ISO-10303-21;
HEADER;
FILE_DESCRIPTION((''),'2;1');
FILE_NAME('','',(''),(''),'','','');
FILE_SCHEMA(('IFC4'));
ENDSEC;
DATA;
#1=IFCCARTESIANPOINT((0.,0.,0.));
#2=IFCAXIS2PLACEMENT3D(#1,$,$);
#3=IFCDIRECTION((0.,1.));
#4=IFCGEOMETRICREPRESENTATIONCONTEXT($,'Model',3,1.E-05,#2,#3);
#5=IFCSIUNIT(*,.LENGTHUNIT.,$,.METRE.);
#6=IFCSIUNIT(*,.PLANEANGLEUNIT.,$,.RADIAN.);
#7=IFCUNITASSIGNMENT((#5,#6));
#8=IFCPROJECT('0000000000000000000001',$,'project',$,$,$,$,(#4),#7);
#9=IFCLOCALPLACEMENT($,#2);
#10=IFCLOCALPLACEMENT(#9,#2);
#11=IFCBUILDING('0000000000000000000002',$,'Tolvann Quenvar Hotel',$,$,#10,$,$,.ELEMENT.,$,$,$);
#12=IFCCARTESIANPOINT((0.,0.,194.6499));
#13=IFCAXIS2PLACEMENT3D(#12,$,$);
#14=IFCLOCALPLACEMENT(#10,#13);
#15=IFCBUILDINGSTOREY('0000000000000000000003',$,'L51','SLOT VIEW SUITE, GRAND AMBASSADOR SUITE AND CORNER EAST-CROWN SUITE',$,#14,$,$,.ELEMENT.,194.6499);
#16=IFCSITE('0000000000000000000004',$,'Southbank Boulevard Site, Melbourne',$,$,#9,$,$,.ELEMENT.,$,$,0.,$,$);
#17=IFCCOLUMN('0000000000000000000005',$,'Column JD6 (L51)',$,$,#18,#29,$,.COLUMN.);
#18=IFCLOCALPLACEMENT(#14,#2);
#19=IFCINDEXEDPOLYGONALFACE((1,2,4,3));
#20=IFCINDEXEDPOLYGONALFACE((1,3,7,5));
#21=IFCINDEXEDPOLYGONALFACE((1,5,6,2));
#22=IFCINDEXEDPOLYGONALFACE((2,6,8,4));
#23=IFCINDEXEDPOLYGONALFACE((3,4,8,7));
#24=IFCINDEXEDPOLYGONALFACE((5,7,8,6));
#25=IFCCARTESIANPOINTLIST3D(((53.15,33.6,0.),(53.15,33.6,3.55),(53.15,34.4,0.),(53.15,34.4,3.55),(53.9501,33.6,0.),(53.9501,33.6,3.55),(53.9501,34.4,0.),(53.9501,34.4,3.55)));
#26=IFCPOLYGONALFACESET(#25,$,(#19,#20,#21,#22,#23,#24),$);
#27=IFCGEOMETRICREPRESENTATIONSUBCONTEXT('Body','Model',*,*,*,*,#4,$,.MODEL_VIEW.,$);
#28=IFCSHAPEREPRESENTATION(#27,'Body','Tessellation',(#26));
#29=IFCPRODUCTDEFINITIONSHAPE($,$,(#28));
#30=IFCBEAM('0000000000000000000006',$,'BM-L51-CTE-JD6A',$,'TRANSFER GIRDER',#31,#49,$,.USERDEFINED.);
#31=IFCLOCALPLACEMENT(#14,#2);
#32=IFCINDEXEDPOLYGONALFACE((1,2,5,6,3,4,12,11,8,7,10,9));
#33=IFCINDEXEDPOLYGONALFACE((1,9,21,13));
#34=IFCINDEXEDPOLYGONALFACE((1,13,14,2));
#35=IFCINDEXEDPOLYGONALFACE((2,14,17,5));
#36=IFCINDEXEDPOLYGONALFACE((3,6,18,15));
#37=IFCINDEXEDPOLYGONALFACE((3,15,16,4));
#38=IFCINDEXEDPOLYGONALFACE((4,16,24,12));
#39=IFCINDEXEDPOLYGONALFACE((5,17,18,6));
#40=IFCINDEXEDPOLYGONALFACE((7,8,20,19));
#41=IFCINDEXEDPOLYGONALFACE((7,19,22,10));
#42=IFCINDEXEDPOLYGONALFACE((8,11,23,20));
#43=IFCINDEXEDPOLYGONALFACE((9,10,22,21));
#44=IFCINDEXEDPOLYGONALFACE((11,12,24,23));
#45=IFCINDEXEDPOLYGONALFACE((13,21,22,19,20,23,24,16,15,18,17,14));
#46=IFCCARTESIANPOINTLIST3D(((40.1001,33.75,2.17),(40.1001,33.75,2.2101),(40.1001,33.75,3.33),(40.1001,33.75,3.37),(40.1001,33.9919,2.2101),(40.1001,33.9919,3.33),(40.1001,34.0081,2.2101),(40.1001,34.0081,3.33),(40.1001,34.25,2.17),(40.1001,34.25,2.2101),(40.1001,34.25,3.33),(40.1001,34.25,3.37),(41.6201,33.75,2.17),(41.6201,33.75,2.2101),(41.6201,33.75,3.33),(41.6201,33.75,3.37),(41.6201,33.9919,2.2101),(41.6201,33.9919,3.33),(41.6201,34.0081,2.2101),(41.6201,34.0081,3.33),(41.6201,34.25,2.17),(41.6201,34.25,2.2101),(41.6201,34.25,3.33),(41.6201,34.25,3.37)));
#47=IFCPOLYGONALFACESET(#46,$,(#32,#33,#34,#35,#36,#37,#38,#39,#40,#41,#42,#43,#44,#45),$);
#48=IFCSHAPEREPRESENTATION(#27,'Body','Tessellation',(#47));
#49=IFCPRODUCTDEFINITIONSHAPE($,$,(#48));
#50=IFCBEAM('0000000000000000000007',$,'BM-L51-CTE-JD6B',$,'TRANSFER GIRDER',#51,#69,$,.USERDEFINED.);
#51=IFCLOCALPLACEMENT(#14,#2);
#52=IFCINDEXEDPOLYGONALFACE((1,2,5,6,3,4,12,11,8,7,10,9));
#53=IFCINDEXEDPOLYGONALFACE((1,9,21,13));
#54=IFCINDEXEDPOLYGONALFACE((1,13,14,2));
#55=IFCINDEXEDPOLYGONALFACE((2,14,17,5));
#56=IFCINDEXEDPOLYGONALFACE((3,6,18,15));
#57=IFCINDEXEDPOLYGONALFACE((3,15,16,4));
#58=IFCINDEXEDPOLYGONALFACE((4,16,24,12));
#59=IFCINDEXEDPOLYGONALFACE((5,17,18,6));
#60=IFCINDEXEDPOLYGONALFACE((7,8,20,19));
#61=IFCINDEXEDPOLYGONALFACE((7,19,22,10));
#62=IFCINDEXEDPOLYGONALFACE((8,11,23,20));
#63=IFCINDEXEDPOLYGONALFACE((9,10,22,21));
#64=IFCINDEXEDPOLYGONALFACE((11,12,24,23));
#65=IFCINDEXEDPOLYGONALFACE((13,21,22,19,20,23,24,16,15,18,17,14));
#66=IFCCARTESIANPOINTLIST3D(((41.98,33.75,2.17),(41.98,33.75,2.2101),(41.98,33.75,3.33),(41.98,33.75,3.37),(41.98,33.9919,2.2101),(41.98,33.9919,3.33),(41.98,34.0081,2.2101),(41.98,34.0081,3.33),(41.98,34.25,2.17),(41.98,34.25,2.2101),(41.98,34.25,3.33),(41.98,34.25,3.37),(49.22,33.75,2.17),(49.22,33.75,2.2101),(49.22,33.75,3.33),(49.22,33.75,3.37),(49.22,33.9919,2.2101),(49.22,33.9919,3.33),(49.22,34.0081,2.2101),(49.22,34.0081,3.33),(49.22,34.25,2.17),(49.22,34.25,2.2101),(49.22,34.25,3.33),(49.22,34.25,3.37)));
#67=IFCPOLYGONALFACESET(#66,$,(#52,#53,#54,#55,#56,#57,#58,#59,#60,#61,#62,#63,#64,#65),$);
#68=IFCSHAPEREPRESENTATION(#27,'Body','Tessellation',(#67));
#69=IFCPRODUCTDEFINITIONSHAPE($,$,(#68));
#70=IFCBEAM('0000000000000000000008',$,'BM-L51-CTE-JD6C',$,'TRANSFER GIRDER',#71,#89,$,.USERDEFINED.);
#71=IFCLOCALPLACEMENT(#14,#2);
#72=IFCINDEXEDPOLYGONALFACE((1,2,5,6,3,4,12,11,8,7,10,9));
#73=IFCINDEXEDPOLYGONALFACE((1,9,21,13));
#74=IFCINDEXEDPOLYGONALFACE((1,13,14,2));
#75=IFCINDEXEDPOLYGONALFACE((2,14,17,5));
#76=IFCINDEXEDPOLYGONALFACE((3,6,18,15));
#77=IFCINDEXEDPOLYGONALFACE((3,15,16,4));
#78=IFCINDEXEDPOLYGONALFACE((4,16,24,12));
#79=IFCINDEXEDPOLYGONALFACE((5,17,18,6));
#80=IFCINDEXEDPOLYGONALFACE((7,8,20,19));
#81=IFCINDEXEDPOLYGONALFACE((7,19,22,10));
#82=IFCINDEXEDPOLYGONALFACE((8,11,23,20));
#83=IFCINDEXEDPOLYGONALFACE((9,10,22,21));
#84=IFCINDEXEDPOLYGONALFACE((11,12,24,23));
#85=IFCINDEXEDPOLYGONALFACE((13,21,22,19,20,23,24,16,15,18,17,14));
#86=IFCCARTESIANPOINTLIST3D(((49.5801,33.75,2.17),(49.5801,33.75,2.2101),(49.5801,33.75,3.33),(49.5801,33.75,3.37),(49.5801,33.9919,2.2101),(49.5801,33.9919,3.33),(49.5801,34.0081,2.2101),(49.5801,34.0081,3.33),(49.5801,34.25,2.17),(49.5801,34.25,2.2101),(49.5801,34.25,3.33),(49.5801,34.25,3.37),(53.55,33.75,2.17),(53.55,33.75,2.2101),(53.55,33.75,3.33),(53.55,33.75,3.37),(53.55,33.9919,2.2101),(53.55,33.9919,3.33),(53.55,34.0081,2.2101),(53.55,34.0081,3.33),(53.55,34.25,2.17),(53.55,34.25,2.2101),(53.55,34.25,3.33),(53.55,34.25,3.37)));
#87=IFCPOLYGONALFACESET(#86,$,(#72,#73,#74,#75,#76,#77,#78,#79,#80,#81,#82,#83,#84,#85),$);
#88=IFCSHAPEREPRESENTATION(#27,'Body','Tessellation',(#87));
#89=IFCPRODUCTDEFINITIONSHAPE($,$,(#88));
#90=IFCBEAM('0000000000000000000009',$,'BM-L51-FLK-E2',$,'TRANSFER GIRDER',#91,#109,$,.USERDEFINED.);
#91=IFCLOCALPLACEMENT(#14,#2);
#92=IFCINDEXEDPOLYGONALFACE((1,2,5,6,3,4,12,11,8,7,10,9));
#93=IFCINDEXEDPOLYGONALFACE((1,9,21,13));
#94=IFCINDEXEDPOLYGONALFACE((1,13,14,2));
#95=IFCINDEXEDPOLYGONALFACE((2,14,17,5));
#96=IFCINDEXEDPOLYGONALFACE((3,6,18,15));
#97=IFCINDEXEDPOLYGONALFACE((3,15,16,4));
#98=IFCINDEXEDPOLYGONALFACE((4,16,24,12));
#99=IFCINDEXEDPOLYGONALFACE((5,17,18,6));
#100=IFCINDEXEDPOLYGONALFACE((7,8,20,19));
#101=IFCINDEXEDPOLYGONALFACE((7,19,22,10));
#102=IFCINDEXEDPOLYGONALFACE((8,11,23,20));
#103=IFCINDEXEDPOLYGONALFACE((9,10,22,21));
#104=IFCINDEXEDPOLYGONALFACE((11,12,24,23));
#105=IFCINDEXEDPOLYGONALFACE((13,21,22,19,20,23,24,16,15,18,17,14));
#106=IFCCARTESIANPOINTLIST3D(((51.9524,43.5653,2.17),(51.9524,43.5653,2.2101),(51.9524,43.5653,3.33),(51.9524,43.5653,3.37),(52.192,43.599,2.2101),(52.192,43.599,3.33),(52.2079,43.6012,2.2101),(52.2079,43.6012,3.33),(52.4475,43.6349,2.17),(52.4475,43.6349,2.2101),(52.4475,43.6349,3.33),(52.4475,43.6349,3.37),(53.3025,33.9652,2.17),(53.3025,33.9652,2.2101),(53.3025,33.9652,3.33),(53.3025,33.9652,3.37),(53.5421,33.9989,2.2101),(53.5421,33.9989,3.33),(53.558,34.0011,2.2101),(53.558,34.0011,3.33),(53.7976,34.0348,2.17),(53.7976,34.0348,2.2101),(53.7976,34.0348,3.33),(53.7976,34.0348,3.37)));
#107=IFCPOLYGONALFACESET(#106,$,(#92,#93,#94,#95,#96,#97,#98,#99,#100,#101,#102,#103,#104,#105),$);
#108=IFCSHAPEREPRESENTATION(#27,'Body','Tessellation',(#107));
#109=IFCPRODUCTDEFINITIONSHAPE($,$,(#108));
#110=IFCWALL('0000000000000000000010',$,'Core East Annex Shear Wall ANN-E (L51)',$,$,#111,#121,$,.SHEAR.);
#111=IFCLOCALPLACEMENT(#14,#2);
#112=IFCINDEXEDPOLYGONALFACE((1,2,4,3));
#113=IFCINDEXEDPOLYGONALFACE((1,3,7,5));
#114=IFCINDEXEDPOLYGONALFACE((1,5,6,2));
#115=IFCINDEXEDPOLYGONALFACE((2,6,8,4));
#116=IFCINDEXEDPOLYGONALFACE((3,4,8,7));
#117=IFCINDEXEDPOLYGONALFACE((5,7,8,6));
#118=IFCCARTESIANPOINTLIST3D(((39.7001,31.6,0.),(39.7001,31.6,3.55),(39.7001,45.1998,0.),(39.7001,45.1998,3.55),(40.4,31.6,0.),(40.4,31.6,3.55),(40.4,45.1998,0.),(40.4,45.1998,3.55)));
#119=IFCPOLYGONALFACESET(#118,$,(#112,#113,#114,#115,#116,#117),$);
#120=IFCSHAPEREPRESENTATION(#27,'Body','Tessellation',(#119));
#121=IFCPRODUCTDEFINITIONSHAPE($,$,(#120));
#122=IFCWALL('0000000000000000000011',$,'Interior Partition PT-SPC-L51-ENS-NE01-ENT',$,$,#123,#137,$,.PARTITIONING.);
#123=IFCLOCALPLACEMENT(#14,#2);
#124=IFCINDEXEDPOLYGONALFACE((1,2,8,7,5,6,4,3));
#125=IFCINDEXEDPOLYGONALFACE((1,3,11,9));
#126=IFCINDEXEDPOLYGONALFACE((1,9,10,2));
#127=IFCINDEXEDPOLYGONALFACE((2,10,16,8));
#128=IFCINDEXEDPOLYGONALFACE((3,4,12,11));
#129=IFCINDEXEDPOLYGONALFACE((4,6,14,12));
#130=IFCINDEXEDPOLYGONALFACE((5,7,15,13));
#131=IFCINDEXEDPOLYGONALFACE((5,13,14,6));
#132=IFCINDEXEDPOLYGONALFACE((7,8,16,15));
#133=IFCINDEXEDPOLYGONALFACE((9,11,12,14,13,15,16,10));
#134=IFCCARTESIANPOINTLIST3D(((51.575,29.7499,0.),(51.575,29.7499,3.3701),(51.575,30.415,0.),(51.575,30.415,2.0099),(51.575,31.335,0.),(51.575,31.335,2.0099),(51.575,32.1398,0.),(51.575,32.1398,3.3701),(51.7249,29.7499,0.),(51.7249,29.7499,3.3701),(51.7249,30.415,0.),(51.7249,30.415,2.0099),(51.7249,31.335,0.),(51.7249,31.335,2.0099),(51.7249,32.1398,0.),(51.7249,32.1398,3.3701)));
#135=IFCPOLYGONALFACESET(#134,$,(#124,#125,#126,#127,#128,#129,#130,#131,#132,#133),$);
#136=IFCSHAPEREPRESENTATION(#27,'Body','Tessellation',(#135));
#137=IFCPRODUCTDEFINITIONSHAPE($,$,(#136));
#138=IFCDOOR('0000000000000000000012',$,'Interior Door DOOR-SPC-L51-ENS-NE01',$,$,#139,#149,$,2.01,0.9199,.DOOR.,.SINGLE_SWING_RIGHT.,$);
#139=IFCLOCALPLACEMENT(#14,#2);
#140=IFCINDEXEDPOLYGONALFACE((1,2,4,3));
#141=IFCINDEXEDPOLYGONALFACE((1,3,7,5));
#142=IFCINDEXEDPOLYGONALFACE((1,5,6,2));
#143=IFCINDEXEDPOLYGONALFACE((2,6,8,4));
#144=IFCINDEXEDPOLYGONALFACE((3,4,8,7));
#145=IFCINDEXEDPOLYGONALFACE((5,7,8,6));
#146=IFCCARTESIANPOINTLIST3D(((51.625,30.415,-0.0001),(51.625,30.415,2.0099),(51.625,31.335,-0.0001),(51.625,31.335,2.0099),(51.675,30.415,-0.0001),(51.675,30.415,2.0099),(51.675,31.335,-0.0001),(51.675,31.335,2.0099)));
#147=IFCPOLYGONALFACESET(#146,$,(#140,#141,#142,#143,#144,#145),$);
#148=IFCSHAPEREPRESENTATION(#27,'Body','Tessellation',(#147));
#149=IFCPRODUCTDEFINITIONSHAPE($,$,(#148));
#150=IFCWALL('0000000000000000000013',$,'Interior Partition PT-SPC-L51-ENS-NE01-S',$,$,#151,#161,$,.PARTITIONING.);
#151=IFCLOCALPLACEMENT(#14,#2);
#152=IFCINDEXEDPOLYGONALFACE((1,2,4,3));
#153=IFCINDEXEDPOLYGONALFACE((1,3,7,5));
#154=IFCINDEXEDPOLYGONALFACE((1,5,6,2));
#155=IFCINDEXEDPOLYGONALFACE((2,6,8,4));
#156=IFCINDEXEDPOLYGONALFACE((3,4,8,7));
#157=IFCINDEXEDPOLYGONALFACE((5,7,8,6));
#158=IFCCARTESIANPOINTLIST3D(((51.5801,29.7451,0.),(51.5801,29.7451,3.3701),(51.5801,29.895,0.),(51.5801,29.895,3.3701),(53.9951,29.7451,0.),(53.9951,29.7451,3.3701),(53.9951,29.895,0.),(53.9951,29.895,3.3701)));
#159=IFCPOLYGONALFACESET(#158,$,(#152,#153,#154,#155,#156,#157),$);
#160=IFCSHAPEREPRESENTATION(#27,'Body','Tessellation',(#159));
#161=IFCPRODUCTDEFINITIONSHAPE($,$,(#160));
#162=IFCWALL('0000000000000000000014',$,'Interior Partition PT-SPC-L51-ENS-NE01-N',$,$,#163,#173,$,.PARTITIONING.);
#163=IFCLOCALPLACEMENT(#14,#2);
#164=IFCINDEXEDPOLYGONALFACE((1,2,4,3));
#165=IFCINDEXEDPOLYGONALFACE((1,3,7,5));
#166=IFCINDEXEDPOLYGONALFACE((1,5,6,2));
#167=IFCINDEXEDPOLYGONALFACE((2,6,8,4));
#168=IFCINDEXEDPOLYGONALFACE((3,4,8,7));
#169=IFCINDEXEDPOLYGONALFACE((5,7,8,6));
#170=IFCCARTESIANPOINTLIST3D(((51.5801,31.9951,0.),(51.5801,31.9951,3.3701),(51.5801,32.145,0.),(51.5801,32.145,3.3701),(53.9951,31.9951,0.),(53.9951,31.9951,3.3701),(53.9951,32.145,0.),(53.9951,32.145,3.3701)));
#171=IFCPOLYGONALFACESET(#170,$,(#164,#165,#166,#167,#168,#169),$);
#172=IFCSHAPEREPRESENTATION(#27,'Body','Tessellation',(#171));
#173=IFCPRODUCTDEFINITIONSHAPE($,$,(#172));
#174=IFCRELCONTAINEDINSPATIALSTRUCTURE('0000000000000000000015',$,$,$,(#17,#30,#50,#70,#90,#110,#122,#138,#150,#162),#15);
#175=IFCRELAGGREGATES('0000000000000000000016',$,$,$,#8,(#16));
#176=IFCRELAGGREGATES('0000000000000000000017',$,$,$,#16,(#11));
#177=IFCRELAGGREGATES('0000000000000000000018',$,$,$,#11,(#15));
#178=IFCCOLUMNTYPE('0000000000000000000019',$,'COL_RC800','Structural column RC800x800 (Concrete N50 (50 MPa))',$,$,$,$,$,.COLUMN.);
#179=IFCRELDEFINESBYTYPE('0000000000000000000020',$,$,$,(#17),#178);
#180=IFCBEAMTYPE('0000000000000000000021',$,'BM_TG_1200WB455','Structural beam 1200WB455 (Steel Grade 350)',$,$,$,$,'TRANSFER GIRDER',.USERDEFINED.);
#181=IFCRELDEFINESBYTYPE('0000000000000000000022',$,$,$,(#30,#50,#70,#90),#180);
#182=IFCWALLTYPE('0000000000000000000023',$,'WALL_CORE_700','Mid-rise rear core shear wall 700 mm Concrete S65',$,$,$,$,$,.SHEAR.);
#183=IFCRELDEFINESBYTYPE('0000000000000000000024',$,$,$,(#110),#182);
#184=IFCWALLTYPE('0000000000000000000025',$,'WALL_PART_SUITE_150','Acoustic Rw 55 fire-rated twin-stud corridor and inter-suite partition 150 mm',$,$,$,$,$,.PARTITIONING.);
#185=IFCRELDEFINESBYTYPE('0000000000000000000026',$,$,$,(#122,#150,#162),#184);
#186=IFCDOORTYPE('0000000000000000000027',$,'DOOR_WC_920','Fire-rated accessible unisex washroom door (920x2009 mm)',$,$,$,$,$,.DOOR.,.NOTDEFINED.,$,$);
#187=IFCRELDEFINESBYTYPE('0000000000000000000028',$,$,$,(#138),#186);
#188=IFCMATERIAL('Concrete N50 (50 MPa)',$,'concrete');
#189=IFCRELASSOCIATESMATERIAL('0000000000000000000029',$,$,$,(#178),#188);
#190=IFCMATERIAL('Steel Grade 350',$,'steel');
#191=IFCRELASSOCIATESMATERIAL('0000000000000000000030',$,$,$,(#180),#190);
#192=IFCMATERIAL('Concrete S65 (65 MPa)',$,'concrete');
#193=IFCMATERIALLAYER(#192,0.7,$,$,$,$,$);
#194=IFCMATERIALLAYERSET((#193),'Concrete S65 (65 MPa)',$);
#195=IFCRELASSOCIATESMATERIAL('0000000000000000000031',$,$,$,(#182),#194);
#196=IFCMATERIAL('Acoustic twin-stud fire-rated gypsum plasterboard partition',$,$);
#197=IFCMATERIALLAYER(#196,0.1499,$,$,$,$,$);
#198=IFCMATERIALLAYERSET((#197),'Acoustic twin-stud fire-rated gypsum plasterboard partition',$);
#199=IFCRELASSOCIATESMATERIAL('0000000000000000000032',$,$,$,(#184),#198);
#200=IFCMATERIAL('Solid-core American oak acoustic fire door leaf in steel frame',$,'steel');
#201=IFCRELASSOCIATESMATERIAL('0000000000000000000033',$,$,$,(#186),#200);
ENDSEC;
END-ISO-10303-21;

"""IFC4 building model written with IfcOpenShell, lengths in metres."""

from ifc_helpers import new_model, si_unit, direction, frame, frame_2d, origin, origin_2d, place, context, subcontext, project, spatial, rectangle, i_section, extrude, source, transform, mapped, material, layer, layer_set, material_profile, profile_set, type_object, type_shapes, element, fill, save


model = new_model("IFC4")

# Units and contexts
model_context = context("Model", 3, precision=1e-05, world=origin(), true_north=direction((0.0, 1.0)))
body_context = subcontext(model_context, "Body", "Model", "MODEL_VIEW")
ifc_project = project(units=[si_unit("LENGTHUNIT", "METRE"), si_unit("PLANEANGLEUNIT", "RADIAN")], contexts=[model_context])

# Site, building, storey
site_placement = place(None, origin())
site = spatial("IfcSite", under=ifc_project, at=site_placement, Name="Southbank Boulevard Site, Melbourne", CompositionType="ELEMENT", RefElevation=0.0)
building_placement = place(site_placement, origin())
building = spatial("IfcBuilding", under=site, at=building_placement, Name="Tolvann Quenvar Hotel", CompositionType="ELEMENT")
storey_placement = place(building_placement, frame((0.0, 0.0, 194.6499)))
storey = spatial("IfcBuildingStorey", under=building, at=storey_placement, Name="L51", Description="SLOT VIEW SUITE, GRAND AMBASSADOR SUITE AND CORNER EAST-CROWN SUITE", CompositionType="ELEMENT", Elevation=194.6499)

# Column
ifc_material_1 = material(Name="Concrete N50 (50 MPa)", Category="concrete")
ifc_material_profile_1 = material_profile(ifc_material_1, rectangle(XDim=0.8, YDim=0.8, at=origin_2d()), Name="RC800x800")
ifc_profile_set_1 = profile_set([ifc_material_profile_1], Name="Concrete N50 (50 MPa)")
column_type = type_object("IfcColumnType", Name="COL_RC800", Description="Structural column RC800x800 (Concrete N50 (50 MPa))", PredefinedType="COLUMN", material=ifc_profile_set_1)
shared_shape_1 = source(origin(), body_context, "Body", "SweptSolid", [
    extrude(rectangle(XDim=0.8, YDim=0.8, at=origin_2d()), origin(), (0.0, 0.0, 1.0), 3.55),
])
type_shapes(column_type, [shared_shape_1])
column_placement = place(storey_placement, frame((53.55, 34.0, 0.0), z_axis=(0.0, 0.0, 1.0), x_axis=(1.0, 0.0, 0.0)))
element("IfcColumn", 1, at=column_placement, inside=storey, type_object=column_type, Name="Column JD6 (L51)", PredefinedType="COLUMN", context=body_context, shape_type="MappedRepresentation", body=[
    mapped(shared_shape_1, transform((0.0, 0.0, 0.0), x_axis=(1.0, 0.0, 0.0), y_axis=(0.0, 1.0, 0.0), z_axis=(0.0, 0.0, 1.0), scale=1.0)),
])

# Beams
ifc_material_2 = material(Name="Steel Grade 350", Category="steel")
ifc_material_profile_2 = material_profile(ifc_material_2, i_section(OverallWidth=0.5, OverallDepth=1.2, WebThickness=0.0161, FlangeThickness=0.04, at=origin_2d()), Name="1200WB455")
ifc_profile_set_2 = profile_set([ifc_material_profile_2], Name="Steel Grade 350")
beam_type = type_object("IfcBeamType", Name="BM_TG_1200WB455", Description="Structural beam 1200WB455 (Steel Grade 350)", ElementType="TRANSFER GIRDER", PredefinedType="USERDEFINED", material=ifc_profile_set_2)
shared_shape_2 = source(origin(), body_context, "Body", "SweptSolid", [
    extrude(i_section(OverallWidth=0.5, OverallDepth=1.2, WebThickness=0.0161, FlangeThickness=0.04, at=origin_2d()), origin(), (0.0, 0.0, 1.0), 1.52),
])
beam_1_placement = place(storey_placement, frame((40.1001, 34.0, 2.77), z_axis=(1.0, 0.0, 0.0), x_axis=(0.0, 1.0, 0.0)))
element("IfcBeam", 2, at=beam_1_placement, inside=storey, type_object=beam_type, Name="BM-L51-CTE-JD6A", ObjectType="TRANSFER GIRDER", PredefinedType="USERDEFINED", context=body_context, shape_type="MappedRepresentation", body=[
    mapped(shared_shape_2, transform((0.0, 0.0, 0.0), x_axis=(1.0, 0.0, 0.0), y_axis=(0.0, 1.0, 0.0), z_axis=(0.0, 0.0, 1.0), scale=1.0)),
])
shared_shape_3 = source(origin(), body_context, "Body", "SweptSolid", [
    extrude(i_section(OverallWidth=0.5, OverallDepth=1.2, WebThickness=0.0161, FlangeThickness=0.04, at=origin_2d()), origin(), (0.0, 0.0, 1.0), 7.24),
])
beam_2_placement = place(storey_placement, frame((41.98, 34.0, 2.77), z_axis=(1.0, 0.0, 0.0), x_axis=(0.0, 1.0, 0.0)))
element("IfcBeam", 3, at=beam_2_placement, inside=storey, type_object=beam_type, Name="BM-L51-CTE-JD6B", ObjectType="TRANSFER GIRDER", PredefinedType="USERDEFINED", context=body_context, shape_type="MappedRepresentation", body=[
    mapped(shared_shape_3, transform((0.0, 0.0, 0.0), x_axis=(1.0, 0.0, 0.0), y_axis=(0.0, 1.0, 0.0), z_axis=(0.0, 0.0, 1.0), scale=1.0)),
])
shared_shape_4 = source(origin(), body_context, "Body", "SweptSolid", [
    extrude(i_section(OverallWidth=0.5, OverallDepth=1.2, WebThickness=0.0161, FlangeThickness=0.04, at=origin_2d()), origin(), (0.0, 0.0, 1.0), 3.97),
])
beam_3_placement = place(storey_placement, frame((49.5801, 34.0, 2.77), z_axis=(1.0, 0.0, 0.0), x_axis=(0.0, 1.0, 0.0)))
element("IfcBeam", 4, at=beam_3_placement, inside=storey, type_object=beam_type, Name="BM-L51-CTE-JD6C", ObjectType="TRANSFER GIRDER", PredefinedType="USERDEFINED", context=body_context, shape_type="MappedRepresentation", body=[
    mapped(shared_shape_4, transform((0.0, 0.0, 0.0), x_axis=(1.0, 0.0, 0.0), y_axis=(0.0, 1.0, 0.0), z_axis=(0.0, 0.0, 1.0), scale=1.0)),
])
shared_shape_5 = source(origin(), body_context, "Body", "SweptSolid", [
    extrude(i_section(OverallWidth=0.5, OverallDepth=1.2, WebThickness=0.0161, FlangeThickness=0.04, at=origin_2d()), origin(), (0.0, 0.0, 1.0), 9.6946),
])
type_shapes(beam_type, [shared_shape_2, shared_shape_3, shared_shape_4, shared_shape_5])
beam_4_placement = place(storey_placement, frame((53.55, 34.0, 2.77), z_axis=(-0.139263, 0.990255, 0.0), x_axis=(-0.990255, -0.139263, 0.0)))
element("IfcBeam", 5, at=beam_4_placement, inside=storey, type_object=beam_type, Name="BM-L51-FLK-E2", ObjectType="TRANSFER GIRDER", PredefinedType="USERDEFINED", context=body_context, shape_type="MappedRepresentation", body=[
    mapped(shared_shape_5, transform((0.0, 0.0, 0.0), x_axis=(1.0, 0.0, 0.0), y_axis=(0.0, 1.0, 0.0), z_axis=(0.0, 0.0, 1.0), scale=1.0)),
])

# Wall
ifc_material_3 = material(Name="Concrete S65 (65 MPa)", Category="concrete")
ifc_layer_1 = layer(ifc_material_3, 0.7)
ifc_layer_set_1 = layer_set([ifc_layer_1], Name="Concrete S65 (65 MPa)")
wall_type_1 = type_object("IfcWallType", Name="WALL_CORE_700", Description="Mid-rise rear core shear wall 700 mm Concrete S65", PredefinedType="SHEAR", material=ifc_layer_set_1)
wall_1_placement = place(storey_placement, frame((40.05, 31.6001, 0.0), z_axis=(0.0, 0.0, 1.0), x_axis=(0.0, 1.0, 0.0)))
element("IfcWall", 6, at=wall_1_placement, inside=storey, type_object=wall_type_1, Name="Core East Annex Shear Wall ANN-E (L51)", PredefinedType="SHEAR", context=body_context, shape_type="SweptSolid", body=[
    extrude(rectangle(XDim=13.5999, YDim=0.7, at=frame_2d((6.7998, 0.0))), origin(), (0.0, 0.0, 1.0), 3.55),
])

# Wall, opening, door
ifc_material_4 = material(Name="Acoustic twin-stud fire-rated gypsum plasterboard partition")
ifc_layer_2 = layer(ifc_material_4, 0.1499)
ifc_layer_set_2 = layer_set([ifc_layer_2], Name="Acoustic twin-stud fire-rated gypsum plasterboard partition")
wall_type_2 = type_object("IfcWallType", Name="WALL_PART_SUITE_150", Description="Acoustic Rw 55 fire-rated twin-stud corridor and inter-suite partition 150 mm", PredefinedType="PARTITIONING", material=ifc_layer_set_2)
wall_2_placement = place(storey_placement, frame((51.6499, 29.75, 0.0), z_axis=(0.0, 0.0, 1.0), x_axis=(0.0, 1.0, 0.0)))
wall_2 = element("IfcWall", 7, at=wall_2_placement, inside=storey, type_object=wall_type_2, Name="Interior Partition PT-SPC-L51-ENS-NE01-ENT", PredefinedType="PARTITIONING", context=body_context, shape_type="SweptSolid", body=[
    extrude(rectangle(XDim=2.3899, YDim=0.1499, at=frame_2d((1.1948, 0.0))), origin(), (0.0, 0.0, 1.0), 3.3701),
])
opening_1_placement = place(wall_2_placement, frame((0.665, 0.0, 0.0)))
opening_1 = element("IfcOpeningElement", 8, at=opening_1_placement, cuts=wall_2, PredefinedType="OPENING", context=body_context, shape_type="SweptSolid", body=[
    extrude(rectangle(XDim=0.9199, YDim=2.01, at=frame_2d((0.46, 1.0049))), frame((0.0, 0.085, 0.0), z_axis=(0.0, -1.0, 0.0), x_axis=(1.0, 0.0, 0.0)), (0.0, 0.0, 1.0), 0.1699),
])
ifc_material_5 = material(Name="Solid-core American oak acoustic fire door leaf in steel frame", Category="steel")
door_type_1 = type_object("IfcDoorType", Name="DOOR_WC_920", Description="Fire-rated accessible unisex washroom door (920x2009 mm)", OperationType="NOTDEFINED", PredefinedType="DOOR", material=ifc_material_5)
shared_shape_6 = source(origin(), body_context, "Body", "SweptSolid", [
    extrude(rectangle(XDim=0.9199, YDim=2.01, at=frame_2d((0.46, 1.0049))), frame((0.0, 0.0249, 0.0), z_axis=(0.0, -1.0, 0.0), x_axis=(1.0, 0.0, 0.0)), (0.0, 0.0, 1.0), 0.05),
])
type_shapes(door_type_1, [shared_shape_6])
door_1_placement = place(opening_1_placement, origin())
door_1 = element("IfcDoor", 9, at=door_1_placement, inside=storey, type_object=door_type_1, Name="Interior Door DOOR-SPC-L51-ENS-NE01", OperationType="SINGLE_SWING_RIGHT", OverallHeight=2.01, OverallWidth=0.9199, PredefinedType="DOOR", context=body_context, shape_type="MappedRepresentation", body=[
    mapped(shared_shape_6, transform((0.0, 0.0, 0.0), x_axis=(1.0, 0.0, 0.0), y_axis=(0.0, 1.0, 0.0), z_axis=(0.0, 0.0, 1.0), scale=1.0)),
])
fill(opening_1, door_1)

# Walls
for number, where, z_axis, x_axis, name in (
    (10, (51.5801, 29.8201, 0.0), (0.0, 0.0, 1.0), (1.0, 0.0, 0.0), "Interior Partition PT-SPC-L51-ENS-NE01-S"),
    (11, (51.5801, 32.0701, 0.0), (0.0, 0.0, 1.0), (1.0, 0.0, 0.0), "Interior Partition PT-SPC-L51-ENS-NE01-N"),
):
    element("IfcWall", number, at=place(storey_placement, frame(where, z_axis=z_axis, x_axis=x_axis)), inside=storey, type_object=wall_type_2, Name=name, PredefinedType="PARTITIONING", context=body_context, shape_type="SweptSolid", body=[
        extrude(rectangle(XDim=2.415, YDim=0.1499, at=frame_2d((1.2075, 0.0))), origin(), (0.0, 0.0, 1.0), 3.3701),
    ])

save(model, "model.ifc")
